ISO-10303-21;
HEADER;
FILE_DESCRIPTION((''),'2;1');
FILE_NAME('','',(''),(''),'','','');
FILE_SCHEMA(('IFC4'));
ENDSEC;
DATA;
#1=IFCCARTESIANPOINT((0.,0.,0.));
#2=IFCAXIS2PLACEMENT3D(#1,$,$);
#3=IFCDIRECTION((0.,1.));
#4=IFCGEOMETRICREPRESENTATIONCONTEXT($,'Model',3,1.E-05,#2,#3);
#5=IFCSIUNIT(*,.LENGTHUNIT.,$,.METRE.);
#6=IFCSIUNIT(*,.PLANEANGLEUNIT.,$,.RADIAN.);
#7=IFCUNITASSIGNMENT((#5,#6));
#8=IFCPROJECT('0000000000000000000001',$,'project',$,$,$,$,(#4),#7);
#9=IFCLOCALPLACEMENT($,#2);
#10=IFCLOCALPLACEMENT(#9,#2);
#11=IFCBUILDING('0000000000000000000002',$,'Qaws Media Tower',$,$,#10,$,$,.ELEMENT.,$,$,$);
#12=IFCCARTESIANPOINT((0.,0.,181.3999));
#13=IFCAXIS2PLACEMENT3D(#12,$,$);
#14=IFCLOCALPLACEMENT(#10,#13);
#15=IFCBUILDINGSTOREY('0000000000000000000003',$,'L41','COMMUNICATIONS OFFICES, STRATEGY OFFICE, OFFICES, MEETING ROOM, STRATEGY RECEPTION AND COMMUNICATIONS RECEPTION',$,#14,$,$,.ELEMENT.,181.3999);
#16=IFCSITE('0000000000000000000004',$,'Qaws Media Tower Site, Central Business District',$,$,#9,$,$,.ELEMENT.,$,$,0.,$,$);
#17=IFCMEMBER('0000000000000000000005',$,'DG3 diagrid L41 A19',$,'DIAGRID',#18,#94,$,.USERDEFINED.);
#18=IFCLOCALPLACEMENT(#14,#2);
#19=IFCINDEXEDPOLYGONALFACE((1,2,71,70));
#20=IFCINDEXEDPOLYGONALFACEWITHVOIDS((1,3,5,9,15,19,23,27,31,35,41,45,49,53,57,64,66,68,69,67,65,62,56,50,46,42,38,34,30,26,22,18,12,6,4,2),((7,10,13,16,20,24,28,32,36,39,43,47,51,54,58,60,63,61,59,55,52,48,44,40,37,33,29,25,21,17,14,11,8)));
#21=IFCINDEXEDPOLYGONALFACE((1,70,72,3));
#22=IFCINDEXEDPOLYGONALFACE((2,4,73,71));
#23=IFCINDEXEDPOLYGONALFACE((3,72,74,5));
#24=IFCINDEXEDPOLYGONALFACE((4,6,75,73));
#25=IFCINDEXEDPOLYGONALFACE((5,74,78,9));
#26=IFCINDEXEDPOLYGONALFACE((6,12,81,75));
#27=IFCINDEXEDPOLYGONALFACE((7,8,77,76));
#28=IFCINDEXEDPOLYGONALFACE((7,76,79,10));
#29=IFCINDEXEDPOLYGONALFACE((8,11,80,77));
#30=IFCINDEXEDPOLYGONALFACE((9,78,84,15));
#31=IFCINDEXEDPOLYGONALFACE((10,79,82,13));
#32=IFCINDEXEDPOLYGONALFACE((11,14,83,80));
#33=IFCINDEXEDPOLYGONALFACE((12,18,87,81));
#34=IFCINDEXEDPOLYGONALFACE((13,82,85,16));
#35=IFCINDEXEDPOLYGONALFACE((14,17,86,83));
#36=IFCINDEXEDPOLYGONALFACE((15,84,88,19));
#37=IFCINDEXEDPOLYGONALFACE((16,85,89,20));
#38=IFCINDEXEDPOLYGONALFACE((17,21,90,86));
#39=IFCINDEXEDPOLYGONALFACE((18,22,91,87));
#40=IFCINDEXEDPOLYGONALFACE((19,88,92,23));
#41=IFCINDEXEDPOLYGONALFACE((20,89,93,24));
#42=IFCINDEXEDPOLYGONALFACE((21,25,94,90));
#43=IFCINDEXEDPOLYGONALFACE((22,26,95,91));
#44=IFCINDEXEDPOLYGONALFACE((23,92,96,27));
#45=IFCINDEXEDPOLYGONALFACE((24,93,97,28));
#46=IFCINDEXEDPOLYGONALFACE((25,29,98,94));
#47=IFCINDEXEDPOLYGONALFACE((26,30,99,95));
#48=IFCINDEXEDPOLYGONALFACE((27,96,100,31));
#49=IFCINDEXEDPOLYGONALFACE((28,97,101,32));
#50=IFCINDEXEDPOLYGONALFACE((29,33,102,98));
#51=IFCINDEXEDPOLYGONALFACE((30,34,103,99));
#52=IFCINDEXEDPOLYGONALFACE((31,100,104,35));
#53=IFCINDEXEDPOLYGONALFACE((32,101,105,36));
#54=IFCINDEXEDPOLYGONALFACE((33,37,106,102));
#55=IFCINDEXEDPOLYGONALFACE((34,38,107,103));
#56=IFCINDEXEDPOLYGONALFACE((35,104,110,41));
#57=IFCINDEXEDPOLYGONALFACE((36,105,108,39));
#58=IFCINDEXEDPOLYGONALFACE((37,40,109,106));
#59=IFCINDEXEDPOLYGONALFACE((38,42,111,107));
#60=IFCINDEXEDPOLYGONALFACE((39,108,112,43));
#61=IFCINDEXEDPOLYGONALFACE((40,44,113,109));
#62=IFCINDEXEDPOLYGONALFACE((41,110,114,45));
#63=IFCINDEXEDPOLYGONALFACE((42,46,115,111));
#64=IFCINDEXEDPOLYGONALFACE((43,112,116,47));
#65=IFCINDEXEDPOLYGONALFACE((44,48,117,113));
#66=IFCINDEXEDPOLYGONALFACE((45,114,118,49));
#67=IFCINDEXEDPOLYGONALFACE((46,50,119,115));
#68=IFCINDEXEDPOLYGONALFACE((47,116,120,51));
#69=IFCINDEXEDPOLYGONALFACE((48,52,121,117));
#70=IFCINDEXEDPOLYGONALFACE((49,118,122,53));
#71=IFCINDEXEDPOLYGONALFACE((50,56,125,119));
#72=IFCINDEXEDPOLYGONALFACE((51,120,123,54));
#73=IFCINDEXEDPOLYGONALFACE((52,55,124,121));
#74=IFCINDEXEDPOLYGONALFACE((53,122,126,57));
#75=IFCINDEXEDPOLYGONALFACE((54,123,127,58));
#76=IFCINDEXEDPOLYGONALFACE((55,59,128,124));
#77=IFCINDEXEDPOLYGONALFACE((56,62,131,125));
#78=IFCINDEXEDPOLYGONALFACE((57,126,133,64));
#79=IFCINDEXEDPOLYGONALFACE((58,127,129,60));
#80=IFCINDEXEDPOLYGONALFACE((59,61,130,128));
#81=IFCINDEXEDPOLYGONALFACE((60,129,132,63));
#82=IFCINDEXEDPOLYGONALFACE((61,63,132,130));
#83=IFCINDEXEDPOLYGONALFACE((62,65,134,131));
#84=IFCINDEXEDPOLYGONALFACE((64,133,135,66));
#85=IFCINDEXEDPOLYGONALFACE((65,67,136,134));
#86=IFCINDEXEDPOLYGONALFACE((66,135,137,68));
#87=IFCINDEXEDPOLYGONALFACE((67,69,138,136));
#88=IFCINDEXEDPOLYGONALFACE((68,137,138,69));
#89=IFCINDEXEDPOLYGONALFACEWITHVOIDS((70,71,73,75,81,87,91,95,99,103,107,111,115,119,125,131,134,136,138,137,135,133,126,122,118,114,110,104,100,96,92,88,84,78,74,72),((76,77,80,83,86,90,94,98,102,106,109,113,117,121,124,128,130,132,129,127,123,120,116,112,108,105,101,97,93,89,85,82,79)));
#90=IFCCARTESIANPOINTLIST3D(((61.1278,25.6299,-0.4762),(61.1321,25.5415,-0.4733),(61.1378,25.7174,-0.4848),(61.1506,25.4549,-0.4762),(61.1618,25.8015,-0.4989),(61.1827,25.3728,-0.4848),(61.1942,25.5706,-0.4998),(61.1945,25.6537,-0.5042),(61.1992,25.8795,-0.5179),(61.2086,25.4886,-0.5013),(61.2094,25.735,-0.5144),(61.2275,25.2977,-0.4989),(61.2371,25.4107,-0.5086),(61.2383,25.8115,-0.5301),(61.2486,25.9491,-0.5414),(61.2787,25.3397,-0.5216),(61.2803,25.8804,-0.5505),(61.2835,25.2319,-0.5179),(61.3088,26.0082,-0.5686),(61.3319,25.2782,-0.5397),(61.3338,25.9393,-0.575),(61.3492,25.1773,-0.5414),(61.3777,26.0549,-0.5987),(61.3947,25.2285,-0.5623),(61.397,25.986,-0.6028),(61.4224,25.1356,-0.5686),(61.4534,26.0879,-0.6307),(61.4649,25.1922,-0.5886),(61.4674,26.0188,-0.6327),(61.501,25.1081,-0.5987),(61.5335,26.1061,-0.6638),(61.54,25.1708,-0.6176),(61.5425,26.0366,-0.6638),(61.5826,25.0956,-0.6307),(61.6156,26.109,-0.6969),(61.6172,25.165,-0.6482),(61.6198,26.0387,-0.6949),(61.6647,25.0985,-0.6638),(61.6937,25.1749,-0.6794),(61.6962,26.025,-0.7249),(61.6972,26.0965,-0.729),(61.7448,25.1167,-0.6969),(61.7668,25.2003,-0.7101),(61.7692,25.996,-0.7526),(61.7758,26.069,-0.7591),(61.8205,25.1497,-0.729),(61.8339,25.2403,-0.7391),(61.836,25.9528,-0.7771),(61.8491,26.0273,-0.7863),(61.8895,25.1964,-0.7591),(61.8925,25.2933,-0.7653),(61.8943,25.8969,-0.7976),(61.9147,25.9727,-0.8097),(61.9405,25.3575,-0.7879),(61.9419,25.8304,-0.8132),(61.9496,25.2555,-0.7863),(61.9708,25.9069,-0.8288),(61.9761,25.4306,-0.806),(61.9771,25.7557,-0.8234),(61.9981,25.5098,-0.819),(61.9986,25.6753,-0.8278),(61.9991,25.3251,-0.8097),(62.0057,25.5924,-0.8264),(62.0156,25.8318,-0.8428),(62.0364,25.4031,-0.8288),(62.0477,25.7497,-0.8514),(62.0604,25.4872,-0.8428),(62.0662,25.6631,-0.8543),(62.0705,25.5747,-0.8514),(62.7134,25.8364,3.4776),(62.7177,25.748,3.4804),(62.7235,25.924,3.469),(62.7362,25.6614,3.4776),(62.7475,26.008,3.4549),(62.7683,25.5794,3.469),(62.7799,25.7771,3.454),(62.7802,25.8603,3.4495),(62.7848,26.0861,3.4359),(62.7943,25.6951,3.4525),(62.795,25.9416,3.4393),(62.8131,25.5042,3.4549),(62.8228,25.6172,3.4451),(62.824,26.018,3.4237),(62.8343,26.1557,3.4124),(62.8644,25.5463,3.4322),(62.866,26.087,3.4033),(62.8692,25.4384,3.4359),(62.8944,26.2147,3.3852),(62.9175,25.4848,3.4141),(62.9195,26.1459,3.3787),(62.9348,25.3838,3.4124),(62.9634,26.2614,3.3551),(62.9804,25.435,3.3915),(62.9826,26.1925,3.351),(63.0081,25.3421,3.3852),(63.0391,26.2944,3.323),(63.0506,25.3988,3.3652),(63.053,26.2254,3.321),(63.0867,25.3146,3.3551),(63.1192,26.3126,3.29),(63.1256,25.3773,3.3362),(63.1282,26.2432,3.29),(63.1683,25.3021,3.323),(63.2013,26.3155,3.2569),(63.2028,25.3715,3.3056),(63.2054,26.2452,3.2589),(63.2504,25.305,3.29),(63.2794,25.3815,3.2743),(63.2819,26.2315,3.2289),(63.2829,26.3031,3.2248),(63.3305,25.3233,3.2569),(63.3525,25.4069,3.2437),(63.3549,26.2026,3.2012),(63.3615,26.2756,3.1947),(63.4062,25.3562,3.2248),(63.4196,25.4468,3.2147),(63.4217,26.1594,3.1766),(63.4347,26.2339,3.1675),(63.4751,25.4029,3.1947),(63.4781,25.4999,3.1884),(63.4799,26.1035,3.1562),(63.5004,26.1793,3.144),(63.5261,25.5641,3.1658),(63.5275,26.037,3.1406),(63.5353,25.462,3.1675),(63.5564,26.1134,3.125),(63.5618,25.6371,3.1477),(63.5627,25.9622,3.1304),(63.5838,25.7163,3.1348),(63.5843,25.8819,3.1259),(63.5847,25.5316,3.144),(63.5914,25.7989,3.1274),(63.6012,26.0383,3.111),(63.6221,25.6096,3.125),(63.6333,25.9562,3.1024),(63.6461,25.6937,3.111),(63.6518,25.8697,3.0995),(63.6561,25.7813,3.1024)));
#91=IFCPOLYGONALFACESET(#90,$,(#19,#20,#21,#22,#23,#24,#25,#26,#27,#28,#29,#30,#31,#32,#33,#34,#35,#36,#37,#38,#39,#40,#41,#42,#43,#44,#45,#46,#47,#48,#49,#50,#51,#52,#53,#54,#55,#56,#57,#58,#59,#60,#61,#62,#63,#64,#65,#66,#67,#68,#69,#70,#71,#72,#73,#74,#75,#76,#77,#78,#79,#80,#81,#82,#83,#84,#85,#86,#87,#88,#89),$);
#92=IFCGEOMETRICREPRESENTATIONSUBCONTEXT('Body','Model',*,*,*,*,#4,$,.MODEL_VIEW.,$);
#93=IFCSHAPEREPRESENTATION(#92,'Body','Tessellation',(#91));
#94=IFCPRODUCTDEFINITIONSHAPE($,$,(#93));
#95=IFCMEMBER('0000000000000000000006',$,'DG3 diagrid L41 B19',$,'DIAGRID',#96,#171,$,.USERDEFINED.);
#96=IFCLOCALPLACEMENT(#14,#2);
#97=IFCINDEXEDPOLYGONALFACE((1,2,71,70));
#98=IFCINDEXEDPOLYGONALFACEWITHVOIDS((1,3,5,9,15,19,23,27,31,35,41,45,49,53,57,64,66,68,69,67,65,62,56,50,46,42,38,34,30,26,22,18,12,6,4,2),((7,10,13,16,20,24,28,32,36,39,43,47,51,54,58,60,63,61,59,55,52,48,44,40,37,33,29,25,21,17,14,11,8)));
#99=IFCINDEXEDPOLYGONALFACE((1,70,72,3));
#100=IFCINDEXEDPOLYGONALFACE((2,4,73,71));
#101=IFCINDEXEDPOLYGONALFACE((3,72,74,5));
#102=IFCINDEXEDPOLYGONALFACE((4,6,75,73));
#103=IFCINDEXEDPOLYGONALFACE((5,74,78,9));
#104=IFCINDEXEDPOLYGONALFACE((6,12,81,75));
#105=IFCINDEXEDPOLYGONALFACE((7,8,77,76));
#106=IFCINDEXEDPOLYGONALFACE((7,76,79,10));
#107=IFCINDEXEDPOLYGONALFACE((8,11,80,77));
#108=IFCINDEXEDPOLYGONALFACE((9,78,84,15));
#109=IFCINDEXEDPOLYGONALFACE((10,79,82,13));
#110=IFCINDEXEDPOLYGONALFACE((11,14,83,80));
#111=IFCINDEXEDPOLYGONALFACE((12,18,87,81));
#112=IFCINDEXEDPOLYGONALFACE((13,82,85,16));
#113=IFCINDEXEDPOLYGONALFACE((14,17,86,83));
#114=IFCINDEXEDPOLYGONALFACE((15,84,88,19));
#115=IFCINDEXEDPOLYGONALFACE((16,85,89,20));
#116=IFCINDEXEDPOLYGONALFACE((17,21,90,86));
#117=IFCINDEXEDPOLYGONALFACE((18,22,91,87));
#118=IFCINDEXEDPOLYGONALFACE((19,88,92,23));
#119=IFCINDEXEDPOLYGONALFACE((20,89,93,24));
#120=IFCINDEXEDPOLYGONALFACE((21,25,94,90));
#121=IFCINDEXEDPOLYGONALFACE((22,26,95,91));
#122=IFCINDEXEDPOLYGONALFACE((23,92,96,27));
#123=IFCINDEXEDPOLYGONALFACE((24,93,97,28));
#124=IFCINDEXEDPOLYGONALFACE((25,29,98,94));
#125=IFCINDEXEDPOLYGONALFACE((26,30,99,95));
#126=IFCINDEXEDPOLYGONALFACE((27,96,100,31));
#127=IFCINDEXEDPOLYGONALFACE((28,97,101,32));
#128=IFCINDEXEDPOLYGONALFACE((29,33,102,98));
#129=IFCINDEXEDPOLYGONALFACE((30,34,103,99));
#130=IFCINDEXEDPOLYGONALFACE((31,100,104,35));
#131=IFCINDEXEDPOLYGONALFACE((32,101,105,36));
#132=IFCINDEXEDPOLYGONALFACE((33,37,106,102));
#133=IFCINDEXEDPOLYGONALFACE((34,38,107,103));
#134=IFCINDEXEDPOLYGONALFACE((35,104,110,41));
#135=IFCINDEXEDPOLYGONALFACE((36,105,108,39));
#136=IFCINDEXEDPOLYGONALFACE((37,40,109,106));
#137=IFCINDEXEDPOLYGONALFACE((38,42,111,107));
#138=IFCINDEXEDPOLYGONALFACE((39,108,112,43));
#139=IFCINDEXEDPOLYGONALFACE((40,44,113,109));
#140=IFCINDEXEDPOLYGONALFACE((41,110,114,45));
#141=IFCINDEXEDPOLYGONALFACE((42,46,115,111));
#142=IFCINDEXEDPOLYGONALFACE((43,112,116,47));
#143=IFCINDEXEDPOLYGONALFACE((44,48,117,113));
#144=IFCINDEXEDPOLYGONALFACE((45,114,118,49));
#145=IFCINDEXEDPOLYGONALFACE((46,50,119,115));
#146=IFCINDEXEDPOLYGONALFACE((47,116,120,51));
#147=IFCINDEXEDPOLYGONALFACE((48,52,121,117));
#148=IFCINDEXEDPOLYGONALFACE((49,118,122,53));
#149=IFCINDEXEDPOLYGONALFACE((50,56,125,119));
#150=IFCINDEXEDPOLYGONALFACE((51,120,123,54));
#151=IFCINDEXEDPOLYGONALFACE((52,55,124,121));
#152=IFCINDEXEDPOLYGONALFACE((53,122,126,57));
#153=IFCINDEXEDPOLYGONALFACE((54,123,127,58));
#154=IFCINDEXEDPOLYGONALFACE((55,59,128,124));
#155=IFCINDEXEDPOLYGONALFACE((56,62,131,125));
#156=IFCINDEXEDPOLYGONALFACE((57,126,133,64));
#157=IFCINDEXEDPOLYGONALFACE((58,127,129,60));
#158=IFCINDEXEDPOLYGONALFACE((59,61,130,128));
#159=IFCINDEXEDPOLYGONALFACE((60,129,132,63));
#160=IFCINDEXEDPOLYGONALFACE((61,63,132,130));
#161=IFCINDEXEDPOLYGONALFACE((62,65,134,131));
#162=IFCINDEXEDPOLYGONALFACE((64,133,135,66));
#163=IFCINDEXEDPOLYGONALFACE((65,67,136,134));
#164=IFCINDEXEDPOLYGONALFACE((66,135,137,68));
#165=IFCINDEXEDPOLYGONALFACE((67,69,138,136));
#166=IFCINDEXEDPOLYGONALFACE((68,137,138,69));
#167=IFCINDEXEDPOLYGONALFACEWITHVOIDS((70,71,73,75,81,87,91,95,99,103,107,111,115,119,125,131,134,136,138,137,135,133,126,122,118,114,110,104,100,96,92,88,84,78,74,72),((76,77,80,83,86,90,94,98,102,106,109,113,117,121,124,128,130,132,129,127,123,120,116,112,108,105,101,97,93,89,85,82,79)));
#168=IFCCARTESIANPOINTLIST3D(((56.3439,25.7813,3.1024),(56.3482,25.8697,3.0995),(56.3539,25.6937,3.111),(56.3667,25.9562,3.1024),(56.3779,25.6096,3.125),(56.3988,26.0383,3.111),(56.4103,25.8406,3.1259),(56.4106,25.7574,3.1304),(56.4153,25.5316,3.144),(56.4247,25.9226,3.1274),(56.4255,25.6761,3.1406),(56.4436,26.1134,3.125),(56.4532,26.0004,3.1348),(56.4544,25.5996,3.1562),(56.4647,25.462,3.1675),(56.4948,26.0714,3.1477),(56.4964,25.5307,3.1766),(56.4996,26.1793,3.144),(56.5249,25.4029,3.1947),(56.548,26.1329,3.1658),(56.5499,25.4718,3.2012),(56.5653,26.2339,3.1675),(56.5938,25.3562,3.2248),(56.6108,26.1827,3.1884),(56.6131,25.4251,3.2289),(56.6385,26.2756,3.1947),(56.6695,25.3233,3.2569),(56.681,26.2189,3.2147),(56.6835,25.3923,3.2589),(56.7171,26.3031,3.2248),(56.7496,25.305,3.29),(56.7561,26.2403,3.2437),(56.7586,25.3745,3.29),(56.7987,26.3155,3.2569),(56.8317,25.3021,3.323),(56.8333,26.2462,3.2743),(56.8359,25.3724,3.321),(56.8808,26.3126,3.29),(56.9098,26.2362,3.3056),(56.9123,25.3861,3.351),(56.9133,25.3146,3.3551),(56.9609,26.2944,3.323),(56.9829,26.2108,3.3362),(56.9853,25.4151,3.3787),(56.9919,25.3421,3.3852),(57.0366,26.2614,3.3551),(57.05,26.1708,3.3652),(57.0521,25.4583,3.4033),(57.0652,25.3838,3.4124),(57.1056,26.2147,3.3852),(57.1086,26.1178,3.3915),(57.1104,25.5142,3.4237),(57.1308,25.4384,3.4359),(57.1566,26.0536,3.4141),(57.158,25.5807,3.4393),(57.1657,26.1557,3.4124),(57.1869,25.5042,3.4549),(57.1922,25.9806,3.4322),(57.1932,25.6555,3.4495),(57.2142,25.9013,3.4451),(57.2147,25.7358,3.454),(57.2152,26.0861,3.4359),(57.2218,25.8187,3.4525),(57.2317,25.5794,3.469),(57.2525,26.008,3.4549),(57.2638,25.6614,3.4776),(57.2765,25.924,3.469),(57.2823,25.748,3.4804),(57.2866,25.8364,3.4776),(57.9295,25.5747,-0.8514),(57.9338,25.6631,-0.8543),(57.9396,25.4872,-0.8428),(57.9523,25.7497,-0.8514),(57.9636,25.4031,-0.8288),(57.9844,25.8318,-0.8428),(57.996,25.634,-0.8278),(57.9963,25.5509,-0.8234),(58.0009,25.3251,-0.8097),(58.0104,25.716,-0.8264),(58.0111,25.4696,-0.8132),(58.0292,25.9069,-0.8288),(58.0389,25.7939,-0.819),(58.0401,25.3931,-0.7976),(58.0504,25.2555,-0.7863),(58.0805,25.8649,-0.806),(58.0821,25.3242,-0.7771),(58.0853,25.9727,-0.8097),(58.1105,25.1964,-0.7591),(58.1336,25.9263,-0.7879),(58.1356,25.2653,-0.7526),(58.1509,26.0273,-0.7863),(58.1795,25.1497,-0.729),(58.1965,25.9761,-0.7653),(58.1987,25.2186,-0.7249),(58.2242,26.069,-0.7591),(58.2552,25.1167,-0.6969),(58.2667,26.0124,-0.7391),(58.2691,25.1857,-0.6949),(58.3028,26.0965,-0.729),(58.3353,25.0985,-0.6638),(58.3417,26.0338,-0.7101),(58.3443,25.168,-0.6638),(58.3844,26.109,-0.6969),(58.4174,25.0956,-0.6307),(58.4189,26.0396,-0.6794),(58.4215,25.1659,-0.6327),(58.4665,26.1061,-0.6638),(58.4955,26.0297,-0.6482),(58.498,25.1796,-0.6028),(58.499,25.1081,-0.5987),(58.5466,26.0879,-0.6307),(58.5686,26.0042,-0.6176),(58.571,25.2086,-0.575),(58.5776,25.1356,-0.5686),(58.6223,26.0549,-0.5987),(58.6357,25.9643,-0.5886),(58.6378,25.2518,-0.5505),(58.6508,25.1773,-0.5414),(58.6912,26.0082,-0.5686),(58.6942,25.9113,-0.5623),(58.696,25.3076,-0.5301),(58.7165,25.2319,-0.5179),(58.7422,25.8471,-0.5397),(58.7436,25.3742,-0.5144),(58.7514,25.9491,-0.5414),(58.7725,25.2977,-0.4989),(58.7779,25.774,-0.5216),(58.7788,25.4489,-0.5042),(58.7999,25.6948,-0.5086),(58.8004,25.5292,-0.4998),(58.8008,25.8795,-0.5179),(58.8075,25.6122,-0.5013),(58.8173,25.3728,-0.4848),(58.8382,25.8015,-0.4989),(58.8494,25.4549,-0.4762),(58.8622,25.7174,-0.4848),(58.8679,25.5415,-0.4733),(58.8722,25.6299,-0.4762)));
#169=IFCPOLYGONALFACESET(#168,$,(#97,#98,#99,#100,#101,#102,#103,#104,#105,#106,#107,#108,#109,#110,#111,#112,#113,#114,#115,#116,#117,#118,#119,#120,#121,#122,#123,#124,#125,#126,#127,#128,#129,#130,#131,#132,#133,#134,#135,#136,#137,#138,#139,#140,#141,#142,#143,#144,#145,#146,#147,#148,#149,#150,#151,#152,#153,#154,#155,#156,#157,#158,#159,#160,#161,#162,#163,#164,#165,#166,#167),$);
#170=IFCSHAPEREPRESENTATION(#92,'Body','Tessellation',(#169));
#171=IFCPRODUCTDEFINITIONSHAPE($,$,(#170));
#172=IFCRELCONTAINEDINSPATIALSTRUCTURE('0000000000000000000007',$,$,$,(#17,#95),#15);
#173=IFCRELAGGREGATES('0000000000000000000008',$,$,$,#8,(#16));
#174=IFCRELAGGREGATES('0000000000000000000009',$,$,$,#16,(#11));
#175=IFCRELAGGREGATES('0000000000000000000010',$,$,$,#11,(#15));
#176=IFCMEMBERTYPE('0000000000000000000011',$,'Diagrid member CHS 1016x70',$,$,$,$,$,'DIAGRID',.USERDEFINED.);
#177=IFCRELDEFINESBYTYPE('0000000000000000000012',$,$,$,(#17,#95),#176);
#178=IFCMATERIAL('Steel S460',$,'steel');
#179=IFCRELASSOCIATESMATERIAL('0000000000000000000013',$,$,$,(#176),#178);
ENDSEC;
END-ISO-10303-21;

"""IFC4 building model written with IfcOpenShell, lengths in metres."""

from ifc_helpers import new_model, si_unit, direction, frame, origin, origin_2d, place, context, subcontext, project, spatial, hollow_circle, extrude, material, material_profile, profile_set, type_object, element, save


model = new_model("IFC4")

# Units and contexts
model_context = context("Model", 3, precision=1e-05, world=origin(), true_north=direction((0.0, 1.0)))
body_context = subcontext(model_context, "Body", "Model", "MODEL_VIEW")
ifc_project = project(units=[si_unit("LENGTHUNIT", "METRE"), si_unit("PLANEANGLEUNIT", "RADIAN")], contexts=[model_context])

# Site, building, storey
site_placement = place(None, origin())
site = spatial("IfcSite", under=ifc_project, at=site_placement, Name="Qaws Media Tower Site, Central Business District", CompositionType="ELEMENT", RefElevation=0.0)
building_placement = place(site_placement, origin())
building = spatial("IfcBuilding", under=site, at=building_placement, Name="Qaws Media Tower", CompositionType="ELEMENT")
storey_placement = place(building_placement, frame((0.0, 0.0, 181.3999)))
storey = spatial("IfcBuildingStorey", under=building, at=storey_placement, Name="L41", Description="COMMUNICATIONS OFFICES, STRATEGY OFFICE, OFFICES, MEETING ROOM, STRATEGY RECEPTION AND COMMUNICATIONS RECEPTION", CompositionType="ELEMENT", Elevation=181.3999)

# Members
ifc_material_1 = material(Name="Steel S460", Category="steel")
ifc_material_profile_1 = material_profile(ifc_material_1, hollow_circle(Radius=0.5081, WallThickness=0.0701, at=origin_2d()), Name="CHS 1016x70")
ifc_profile_set_1 = profile_set([ifc_material_profile_1], Name="Steel S460")
member_type_1 = type_object("IfcMemberType", Name="Diagrid member CHS 1016x70", ElementType="DIAGRID", PredefinedType="USERDEFINED", material=ifc_profile_set_1)
for number, where, z_axis, x_axis, name in (
    (1, (61.5991, 25.6023, -0.6638), (0.371794, 0.048428, 0.927051), (-0.129163, 0.991623, 0.0), "DG3 diagrid L41 A19"),
    (2, (58.4009, 25.6023, -0.6638), (-0.371794, 0.048428, 0.927051), (-0.129163, -0.991623, 0.0), "DG3 diagrid L41 B19"),
):
    element("IfcMember", number, at=place(storey_placement, frame(where, z_axis=z_axis, x_axis=x_axis)), inside=storey, type_object=member_type_1, Name=name, ObjectType="DIAGRID", PredefinedType="USERDEFINED", context=body_context, shape_type="SweptSolid", body=[
        extrude(hollow_circle(Radius=0.5081, WallThickness=0.0701, at=origin_2d()), origin(), (0.0, 0.0, 1.0), 4.2649),
    ])

save(model, "model.ifc")
